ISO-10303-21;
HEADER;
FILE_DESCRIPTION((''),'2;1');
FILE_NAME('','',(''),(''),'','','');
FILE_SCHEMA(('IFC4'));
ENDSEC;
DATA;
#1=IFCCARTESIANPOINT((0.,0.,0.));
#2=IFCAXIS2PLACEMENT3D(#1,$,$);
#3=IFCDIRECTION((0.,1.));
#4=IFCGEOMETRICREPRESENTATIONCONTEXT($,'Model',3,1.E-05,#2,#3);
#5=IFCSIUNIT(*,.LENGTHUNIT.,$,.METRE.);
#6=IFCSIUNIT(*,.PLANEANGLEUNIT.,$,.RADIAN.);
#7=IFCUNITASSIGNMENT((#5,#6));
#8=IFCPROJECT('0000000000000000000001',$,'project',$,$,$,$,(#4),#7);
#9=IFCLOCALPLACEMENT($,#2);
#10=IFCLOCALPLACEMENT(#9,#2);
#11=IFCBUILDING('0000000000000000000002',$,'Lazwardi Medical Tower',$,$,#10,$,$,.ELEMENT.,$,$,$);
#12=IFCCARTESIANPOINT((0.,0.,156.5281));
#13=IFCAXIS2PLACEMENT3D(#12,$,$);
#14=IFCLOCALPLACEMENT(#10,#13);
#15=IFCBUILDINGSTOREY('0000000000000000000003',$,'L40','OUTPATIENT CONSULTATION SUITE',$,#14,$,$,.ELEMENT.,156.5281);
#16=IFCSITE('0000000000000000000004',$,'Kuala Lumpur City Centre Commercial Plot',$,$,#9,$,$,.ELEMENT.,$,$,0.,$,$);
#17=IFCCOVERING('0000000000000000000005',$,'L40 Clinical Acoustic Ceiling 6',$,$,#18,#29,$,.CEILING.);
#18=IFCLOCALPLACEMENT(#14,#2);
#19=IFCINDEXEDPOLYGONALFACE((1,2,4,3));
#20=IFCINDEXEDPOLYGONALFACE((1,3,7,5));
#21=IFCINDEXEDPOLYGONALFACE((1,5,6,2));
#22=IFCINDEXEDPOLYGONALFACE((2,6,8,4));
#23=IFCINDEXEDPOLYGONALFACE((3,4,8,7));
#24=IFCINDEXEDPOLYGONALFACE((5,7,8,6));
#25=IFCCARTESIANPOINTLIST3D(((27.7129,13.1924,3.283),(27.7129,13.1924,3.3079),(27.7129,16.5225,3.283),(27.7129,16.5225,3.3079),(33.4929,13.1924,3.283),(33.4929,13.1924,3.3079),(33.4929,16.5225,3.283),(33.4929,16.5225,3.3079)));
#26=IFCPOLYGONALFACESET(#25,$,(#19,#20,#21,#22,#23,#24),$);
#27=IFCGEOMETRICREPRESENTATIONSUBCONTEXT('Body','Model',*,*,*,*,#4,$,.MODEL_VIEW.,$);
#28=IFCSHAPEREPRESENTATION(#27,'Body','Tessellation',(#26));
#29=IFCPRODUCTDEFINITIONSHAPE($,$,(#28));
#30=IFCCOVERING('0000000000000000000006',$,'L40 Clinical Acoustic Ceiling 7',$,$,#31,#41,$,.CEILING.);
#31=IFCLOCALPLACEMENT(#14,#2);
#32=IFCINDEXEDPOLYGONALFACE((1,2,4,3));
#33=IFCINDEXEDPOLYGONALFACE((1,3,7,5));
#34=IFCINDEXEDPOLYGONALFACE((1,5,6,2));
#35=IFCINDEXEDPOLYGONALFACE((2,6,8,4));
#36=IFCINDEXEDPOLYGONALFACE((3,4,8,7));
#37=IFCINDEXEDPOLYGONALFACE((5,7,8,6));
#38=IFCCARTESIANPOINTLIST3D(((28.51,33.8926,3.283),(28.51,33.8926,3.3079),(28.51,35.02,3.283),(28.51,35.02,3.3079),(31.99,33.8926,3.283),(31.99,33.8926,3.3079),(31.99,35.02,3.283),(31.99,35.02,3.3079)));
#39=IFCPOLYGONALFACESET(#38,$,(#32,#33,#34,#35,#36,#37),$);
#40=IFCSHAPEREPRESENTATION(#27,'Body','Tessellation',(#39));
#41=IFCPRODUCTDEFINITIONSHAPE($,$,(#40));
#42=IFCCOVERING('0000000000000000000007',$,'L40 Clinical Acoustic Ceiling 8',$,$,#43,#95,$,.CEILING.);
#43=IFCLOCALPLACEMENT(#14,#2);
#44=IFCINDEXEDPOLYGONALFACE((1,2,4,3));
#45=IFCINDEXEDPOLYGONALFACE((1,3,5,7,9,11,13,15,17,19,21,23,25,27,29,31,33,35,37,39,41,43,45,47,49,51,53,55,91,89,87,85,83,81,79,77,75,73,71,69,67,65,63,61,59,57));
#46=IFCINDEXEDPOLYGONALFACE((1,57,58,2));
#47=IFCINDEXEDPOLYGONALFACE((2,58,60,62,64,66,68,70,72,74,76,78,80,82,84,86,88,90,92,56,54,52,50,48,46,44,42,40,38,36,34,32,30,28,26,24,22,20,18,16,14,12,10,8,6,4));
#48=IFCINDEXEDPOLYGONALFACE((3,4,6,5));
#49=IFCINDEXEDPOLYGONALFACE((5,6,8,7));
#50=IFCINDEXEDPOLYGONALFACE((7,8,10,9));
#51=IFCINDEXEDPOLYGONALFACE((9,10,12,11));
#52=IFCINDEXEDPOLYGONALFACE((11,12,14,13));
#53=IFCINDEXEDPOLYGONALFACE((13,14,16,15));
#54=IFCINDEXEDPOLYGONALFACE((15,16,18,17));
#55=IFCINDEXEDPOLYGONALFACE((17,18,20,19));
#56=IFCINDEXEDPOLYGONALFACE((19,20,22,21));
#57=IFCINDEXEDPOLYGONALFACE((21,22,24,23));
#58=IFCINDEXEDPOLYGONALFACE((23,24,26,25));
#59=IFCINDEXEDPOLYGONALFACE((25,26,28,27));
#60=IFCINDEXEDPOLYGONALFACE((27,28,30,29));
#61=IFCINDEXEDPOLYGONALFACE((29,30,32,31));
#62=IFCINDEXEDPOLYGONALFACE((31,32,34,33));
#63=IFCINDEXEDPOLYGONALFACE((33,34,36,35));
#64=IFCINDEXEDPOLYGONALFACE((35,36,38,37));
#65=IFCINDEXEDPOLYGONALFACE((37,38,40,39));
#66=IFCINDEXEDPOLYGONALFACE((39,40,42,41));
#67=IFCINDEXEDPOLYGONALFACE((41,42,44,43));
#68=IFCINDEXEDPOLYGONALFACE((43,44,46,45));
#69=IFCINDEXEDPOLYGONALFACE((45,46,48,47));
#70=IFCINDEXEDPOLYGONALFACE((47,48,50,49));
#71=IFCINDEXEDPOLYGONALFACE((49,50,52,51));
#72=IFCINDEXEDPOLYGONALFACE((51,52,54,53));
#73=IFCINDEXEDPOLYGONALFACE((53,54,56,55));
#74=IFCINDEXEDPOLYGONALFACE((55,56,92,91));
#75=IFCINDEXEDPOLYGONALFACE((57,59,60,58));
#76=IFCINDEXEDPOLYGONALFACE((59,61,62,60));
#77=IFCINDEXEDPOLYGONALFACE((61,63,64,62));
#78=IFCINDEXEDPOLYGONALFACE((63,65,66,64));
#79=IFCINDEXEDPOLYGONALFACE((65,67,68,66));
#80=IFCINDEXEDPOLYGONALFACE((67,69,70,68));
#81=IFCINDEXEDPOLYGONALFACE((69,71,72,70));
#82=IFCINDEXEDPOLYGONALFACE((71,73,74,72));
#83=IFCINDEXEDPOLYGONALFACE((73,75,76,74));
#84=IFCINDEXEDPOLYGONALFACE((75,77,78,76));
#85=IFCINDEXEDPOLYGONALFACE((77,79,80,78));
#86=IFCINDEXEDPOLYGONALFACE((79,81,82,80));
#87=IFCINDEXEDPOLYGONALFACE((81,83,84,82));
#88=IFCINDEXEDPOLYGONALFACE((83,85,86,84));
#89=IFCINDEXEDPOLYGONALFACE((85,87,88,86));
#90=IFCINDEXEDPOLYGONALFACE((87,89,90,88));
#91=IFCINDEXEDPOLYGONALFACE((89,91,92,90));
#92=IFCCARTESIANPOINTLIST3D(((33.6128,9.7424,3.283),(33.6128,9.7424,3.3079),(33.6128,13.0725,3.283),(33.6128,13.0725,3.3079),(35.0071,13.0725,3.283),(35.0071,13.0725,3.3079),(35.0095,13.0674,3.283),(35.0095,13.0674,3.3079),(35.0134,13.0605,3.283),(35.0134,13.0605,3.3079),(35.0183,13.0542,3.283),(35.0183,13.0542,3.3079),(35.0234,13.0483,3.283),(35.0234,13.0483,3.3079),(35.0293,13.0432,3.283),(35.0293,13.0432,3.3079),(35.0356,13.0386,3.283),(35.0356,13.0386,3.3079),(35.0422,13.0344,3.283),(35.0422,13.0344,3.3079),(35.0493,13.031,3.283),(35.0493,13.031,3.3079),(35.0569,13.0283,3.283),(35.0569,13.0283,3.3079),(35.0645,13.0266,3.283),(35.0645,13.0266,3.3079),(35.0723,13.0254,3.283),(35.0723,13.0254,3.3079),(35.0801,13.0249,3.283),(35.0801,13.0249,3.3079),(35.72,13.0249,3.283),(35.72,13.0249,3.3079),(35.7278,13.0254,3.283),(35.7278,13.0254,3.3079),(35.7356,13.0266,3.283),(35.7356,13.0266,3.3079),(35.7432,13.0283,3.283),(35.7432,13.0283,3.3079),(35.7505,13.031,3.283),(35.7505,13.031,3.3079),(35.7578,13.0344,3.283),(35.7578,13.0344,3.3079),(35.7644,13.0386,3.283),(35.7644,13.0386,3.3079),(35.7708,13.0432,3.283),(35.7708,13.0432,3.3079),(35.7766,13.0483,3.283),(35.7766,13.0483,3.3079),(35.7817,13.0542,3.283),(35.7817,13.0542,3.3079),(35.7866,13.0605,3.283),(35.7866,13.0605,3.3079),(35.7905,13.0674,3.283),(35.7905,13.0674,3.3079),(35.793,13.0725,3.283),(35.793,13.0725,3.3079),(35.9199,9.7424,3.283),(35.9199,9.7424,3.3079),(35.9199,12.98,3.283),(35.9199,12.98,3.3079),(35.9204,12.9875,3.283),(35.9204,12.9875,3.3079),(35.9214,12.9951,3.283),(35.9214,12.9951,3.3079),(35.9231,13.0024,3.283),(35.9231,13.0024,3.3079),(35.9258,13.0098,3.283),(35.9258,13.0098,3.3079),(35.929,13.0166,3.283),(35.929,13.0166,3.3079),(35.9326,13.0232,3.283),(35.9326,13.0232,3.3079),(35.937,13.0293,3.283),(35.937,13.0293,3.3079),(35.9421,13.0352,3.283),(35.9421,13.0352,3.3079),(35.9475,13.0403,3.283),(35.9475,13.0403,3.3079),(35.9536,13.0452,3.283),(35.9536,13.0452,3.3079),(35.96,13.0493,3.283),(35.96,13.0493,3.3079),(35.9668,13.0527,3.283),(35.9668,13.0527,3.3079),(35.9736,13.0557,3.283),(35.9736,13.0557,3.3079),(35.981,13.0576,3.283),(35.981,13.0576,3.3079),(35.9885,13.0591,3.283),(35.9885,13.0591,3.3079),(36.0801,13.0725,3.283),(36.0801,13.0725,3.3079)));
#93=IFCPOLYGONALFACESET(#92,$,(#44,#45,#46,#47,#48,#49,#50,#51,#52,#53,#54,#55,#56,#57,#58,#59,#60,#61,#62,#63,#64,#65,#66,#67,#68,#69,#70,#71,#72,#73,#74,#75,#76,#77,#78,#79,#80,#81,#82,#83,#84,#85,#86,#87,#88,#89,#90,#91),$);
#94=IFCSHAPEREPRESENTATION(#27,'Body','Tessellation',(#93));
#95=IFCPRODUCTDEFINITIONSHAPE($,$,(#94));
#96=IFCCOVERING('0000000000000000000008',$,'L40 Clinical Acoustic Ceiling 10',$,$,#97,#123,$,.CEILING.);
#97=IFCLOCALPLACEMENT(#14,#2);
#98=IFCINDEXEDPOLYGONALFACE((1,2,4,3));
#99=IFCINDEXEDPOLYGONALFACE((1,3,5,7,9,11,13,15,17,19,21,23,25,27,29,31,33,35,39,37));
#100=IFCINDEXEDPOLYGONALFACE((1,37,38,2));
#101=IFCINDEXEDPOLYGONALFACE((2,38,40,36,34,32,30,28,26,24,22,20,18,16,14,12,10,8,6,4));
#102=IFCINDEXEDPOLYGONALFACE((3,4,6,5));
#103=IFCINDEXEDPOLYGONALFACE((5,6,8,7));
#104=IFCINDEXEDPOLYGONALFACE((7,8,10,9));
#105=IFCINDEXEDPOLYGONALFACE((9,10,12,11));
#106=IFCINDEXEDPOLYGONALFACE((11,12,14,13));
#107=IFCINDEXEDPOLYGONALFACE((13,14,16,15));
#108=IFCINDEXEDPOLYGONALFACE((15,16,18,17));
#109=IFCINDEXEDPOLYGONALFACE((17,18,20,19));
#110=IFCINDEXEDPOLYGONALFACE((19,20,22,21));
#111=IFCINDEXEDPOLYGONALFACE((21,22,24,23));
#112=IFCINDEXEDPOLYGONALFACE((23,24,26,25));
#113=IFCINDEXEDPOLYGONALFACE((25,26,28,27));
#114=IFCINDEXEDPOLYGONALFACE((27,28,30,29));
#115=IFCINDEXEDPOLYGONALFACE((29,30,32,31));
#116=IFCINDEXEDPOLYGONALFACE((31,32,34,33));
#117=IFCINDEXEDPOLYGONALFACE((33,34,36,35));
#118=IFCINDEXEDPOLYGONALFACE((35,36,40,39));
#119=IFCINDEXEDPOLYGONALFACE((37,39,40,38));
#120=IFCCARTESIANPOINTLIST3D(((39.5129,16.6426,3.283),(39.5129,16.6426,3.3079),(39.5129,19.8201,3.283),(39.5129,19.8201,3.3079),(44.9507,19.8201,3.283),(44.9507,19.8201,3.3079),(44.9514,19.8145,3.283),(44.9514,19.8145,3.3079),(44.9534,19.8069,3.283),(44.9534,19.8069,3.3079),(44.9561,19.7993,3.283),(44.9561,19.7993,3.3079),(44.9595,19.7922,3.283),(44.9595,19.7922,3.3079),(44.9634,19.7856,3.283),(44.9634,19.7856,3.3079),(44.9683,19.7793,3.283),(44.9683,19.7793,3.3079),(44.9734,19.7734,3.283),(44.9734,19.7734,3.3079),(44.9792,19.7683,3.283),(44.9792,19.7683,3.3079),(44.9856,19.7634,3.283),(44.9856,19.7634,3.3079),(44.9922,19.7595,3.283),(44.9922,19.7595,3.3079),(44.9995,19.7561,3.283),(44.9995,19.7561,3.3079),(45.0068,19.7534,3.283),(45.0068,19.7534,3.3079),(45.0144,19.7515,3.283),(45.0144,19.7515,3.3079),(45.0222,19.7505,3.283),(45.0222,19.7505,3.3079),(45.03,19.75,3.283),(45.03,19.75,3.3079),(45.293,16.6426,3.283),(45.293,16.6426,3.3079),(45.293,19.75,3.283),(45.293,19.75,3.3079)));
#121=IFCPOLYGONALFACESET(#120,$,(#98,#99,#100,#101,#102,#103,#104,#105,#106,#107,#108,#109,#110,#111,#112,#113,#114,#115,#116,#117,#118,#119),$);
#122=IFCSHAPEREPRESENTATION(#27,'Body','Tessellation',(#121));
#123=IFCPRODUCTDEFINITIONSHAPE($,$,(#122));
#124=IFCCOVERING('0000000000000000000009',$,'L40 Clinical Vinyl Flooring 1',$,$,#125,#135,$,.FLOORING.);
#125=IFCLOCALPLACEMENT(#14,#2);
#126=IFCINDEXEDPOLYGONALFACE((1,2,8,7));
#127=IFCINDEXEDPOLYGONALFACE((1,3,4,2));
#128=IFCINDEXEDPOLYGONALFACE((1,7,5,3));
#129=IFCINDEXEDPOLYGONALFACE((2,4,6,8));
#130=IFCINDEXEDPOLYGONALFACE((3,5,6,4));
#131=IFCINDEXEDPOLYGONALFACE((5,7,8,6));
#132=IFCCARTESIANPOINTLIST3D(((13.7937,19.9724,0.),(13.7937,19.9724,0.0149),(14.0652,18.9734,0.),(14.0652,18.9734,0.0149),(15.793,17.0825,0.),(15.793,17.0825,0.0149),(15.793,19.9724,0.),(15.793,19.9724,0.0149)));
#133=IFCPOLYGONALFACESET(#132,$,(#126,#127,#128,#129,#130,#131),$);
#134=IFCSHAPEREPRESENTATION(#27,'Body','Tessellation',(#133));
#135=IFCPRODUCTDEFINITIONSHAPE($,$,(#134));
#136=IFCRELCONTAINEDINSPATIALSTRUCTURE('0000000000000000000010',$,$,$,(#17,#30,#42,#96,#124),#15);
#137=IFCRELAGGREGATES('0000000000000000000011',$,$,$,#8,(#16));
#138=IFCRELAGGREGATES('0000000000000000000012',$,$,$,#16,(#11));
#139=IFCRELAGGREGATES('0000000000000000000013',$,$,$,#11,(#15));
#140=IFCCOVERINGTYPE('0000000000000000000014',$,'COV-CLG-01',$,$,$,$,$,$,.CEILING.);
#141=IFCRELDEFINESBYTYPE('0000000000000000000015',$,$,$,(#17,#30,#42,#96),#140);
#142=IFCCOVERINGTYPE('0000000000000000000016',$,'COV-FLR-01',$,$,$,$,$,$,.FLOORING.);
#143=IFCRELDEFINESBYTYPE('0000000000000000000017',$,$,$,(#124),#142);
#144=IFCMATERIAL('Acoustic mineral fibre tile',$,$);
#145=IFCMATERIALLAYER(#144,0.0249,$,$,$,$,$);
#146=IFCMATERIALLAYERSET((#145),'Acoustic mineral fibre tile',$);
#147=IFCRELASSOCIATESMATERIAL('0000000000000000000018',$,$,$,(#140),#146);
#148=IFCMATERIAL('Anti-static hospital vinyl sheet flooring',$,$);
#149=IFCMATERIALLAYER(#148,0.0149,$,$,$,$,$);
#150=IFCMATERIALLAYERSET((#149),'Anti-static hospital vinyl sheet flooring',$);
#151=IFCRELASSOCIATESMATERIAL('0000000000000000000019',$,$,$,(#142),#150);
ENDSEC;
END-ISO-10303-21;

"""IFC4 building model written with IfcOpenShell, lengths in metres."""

from ifc_helpers import new_model, si_unit, direction, frame, origin, place, context, subcontext, project, spatial, polyline, outline, extrude, material, layer, layer_set, type_object, element, save


model = new_model("IFC4")

# Units and contexts
model_context = context("Model", 3, precision=1e-05, world=origin(), true_north=direction((0.0, 1.0)))
body_context = subcontext(model_context, "Body", "Model", "MODEL_VIEW")
ifc_project = project(units=[si_unit("LENGTHUNIT", "METRE"), si_unit("PLANEANGLEUNIT", "RADIAN")], contexts=[model_context])

# Site, building, storey
site_placement = place(None, origin())
site = spatial("IfcSite", under=ifc_project, at=site_placement, Name="Kuala Lumpur City Centre Commercial Plot", CompositionType="ELEMENT", RefElevation=0.0)
building_placement = place(site_placement, origin())
building = spatial("IfcBuilding", under=site, at=building_placement, Name="Lazwardi Medical Tower", CompositionType="ELEMENT")
storey_placement = place(building_placement, frame((0.0, 0.0, 156.5281)))
storey = spatial("IfcBuildingStorey", under=building, at=storey_placement, Name="L40", Description="OUTPATIENT CONSULTATION SUITE", CompositionType="ELEMENT", Elevation=156.5281)

# Coverings
ifc_material_1 = material(Name="Acoustic mineral fibre tile")
ifc_layer_1 = layer(ifc_material_1, 0.0249)
ifc_layer_set_1 = layer_set([ifc_layer_1], Name="Acoustic mineral fibre tile")
covering_type_1 = type_object("IfcCoveringType", Name="COV-CLG-01", PredefinedType="CEILING", material=ifc_layer_set_1)
covering_1_placement = place(storey_placement, frame((0.0, 0.0, 3.283)))
element("IfcCovering", 1, at=covering_1_placement, inside=storey, type_object=covering_type_1, Name="L40 Clinical Acoustic Ceiling 6", PredefinedType="CEILING", context=body_context, shape_type="SweptSolid", body=[
    extrude(outline(polyline([(33.4929, 13.1924), (33.4929, 16.5225), (27.7129, 16.5225), (27.7129, 13.1924), (33.4929, 13.1924)])), origin(), (0.0, 0.0, 1.0), 0.0249),
])
covering_2_placement = place(storey_placement, frame((0.0, 0.0, 3.283)))
element("IfcCovering", 2, at=covering_2_placement, inside=storey, type_object=covering_type_1, Name="L40 Clinical Acoustic Ceiling 7", PredefinedType="CEILING", context=body_context, shape_type="SweptSolid", body=[
    extrude(outline(polyline([(31.99, 33.8926), (31.99, 35.02), (28.51, 35.02), (28.51, 33.8926), (31.99, 33.8926)])), origin(), (0.0, 0.0, 1.0), 0.0249),
])
covering_3_placement = place(storey_placement, frame((0.0, 0.0, 3.283)))
element("IfcCovering", 3, at=covering_3_placement, inside=storey, type_object=covering_type_1, Name="L40 Clinical Acoustic Ceiling 8", PredefinedType="CEILING", context=body_context, shape_type="SweptSolid", body=[
    extrude(outline(polyline([(35.793, 13.0725), (35.7905, 13.0674), (35.7866, 13.0605), (35.7817, 13.0542), (35.7766, 13.0483), (35.7708, 13.0432), (35.7644, 13.0386), (35.7578, 13.0344), (35.7505, 13.031), (35.7432, 13.0283), (35.7356, 13.0266), (35.7278, 13.0254), (35.72, 13.0249), (35.0801, 13.0249), (35.0723, 13.0254), (35.0645, 13.0266), (35.0569, 13.0283), (35.0493, 13.031), (35.0422, 13.0344), (35.0356, 13.0386), (35.0293, 13.0432), (35.0234, 13.0483), (35.0183, 13.0542), (35.0134, 13.0605), (35.0095, 13.0674), (35.0071, 13.0725), (33.6128, 13.0725), (33.6128, 9.7424), (35.9199, 9.7424), (35.9199, 12.98), (35.9204, 12.9875), (35.9214, 12.9951), (35.9231, 13.0024), (35.9258, 13.0098), (35.929, 13.0166), (35.9326, 13.0232), (35.937, 13.0293), (35.9421, 13.0352), (35.9475, 13.0403), (35.9536, 13.0452), (35.96, 13.0493), (35.9668, 13.0527), (35.9736, 13.0557), (35.981, 13.0576), (35.9885, 13.0591), (36.0801, 13.0725), (35.793, 13.0725)])), origin(), (0.0, 0.0, 1.0), 0.0249),
])
covering_4_placement = place(storey_placement, frame((0.0, 0.0, 3.283)))
element("IfcCovering", 4, at=covering_4_placement, inside=storey, type_object=covering_type_1, Name="L40 Clinical Acoustic Ceiling 10", PredefinedType="CEILING", context=body_context, shape_type="SweptSolid", body=[
    extrude(outline(polyline([(45.293, 19.75), (45.03, 19.75), (45.0222, 19.7505), (45.0144, 19.7515), (45.0068, 19.7534), (44.9995, 19.7561), (44.9922, 19.7595), (44.9856, 19.7634), (44.9792, 19.7683), (44.9734, 19.7734), (44.9683, 19.7793), (44.9634, 19.7856), (44.9595, 19.7922), (44.9561, 19.7993), (44.9534, 19.8069), (44.9514, 19.8145), (44.9507, 19.8201), (39.5129, 19.8201), (39.5129, 16.6426), (45.293, 16.6426), (45.293, 19.75)])), origin(), (0.0, 0.0, 1.0), 0.0249),
])
ifc_material_2 = material(Name="Anti-static hospital vinyl sheet flooring")
ifc_layer_2 = layer(ifc_material_2, 0.0149)
ifc_layer_set_2 = layer_set([ifc_layer_2], Name="Anti-static hospital vinyl sheet flooring")
covering_type_2 = type_object("IfcCoveringType", Name="COV-FLR-01", PredefinedType="FLOORING", material=ifc_layer_set_2)
covering_5_placement = place(storey_placement, origin())
element("IfcCovering", 5, at=covering_5_placement, inside=storey, type_object=covering_type_2, Name="L40 Clinical Vinyl Flooring 1", PredefinedType="FLOORING", context=body_context, shape_type="SweptSolid", body=[
    extrude(outline(polyline([(13.7937, 19.9724), (14.0652, 18.9734), (15.793, 17.0825), (15.793, 19.9724), (13.7937, 19.9724)])), origin(), (0.0, 0.0, 1.0), 0.0149),
])

save(model, "model.ifc")
